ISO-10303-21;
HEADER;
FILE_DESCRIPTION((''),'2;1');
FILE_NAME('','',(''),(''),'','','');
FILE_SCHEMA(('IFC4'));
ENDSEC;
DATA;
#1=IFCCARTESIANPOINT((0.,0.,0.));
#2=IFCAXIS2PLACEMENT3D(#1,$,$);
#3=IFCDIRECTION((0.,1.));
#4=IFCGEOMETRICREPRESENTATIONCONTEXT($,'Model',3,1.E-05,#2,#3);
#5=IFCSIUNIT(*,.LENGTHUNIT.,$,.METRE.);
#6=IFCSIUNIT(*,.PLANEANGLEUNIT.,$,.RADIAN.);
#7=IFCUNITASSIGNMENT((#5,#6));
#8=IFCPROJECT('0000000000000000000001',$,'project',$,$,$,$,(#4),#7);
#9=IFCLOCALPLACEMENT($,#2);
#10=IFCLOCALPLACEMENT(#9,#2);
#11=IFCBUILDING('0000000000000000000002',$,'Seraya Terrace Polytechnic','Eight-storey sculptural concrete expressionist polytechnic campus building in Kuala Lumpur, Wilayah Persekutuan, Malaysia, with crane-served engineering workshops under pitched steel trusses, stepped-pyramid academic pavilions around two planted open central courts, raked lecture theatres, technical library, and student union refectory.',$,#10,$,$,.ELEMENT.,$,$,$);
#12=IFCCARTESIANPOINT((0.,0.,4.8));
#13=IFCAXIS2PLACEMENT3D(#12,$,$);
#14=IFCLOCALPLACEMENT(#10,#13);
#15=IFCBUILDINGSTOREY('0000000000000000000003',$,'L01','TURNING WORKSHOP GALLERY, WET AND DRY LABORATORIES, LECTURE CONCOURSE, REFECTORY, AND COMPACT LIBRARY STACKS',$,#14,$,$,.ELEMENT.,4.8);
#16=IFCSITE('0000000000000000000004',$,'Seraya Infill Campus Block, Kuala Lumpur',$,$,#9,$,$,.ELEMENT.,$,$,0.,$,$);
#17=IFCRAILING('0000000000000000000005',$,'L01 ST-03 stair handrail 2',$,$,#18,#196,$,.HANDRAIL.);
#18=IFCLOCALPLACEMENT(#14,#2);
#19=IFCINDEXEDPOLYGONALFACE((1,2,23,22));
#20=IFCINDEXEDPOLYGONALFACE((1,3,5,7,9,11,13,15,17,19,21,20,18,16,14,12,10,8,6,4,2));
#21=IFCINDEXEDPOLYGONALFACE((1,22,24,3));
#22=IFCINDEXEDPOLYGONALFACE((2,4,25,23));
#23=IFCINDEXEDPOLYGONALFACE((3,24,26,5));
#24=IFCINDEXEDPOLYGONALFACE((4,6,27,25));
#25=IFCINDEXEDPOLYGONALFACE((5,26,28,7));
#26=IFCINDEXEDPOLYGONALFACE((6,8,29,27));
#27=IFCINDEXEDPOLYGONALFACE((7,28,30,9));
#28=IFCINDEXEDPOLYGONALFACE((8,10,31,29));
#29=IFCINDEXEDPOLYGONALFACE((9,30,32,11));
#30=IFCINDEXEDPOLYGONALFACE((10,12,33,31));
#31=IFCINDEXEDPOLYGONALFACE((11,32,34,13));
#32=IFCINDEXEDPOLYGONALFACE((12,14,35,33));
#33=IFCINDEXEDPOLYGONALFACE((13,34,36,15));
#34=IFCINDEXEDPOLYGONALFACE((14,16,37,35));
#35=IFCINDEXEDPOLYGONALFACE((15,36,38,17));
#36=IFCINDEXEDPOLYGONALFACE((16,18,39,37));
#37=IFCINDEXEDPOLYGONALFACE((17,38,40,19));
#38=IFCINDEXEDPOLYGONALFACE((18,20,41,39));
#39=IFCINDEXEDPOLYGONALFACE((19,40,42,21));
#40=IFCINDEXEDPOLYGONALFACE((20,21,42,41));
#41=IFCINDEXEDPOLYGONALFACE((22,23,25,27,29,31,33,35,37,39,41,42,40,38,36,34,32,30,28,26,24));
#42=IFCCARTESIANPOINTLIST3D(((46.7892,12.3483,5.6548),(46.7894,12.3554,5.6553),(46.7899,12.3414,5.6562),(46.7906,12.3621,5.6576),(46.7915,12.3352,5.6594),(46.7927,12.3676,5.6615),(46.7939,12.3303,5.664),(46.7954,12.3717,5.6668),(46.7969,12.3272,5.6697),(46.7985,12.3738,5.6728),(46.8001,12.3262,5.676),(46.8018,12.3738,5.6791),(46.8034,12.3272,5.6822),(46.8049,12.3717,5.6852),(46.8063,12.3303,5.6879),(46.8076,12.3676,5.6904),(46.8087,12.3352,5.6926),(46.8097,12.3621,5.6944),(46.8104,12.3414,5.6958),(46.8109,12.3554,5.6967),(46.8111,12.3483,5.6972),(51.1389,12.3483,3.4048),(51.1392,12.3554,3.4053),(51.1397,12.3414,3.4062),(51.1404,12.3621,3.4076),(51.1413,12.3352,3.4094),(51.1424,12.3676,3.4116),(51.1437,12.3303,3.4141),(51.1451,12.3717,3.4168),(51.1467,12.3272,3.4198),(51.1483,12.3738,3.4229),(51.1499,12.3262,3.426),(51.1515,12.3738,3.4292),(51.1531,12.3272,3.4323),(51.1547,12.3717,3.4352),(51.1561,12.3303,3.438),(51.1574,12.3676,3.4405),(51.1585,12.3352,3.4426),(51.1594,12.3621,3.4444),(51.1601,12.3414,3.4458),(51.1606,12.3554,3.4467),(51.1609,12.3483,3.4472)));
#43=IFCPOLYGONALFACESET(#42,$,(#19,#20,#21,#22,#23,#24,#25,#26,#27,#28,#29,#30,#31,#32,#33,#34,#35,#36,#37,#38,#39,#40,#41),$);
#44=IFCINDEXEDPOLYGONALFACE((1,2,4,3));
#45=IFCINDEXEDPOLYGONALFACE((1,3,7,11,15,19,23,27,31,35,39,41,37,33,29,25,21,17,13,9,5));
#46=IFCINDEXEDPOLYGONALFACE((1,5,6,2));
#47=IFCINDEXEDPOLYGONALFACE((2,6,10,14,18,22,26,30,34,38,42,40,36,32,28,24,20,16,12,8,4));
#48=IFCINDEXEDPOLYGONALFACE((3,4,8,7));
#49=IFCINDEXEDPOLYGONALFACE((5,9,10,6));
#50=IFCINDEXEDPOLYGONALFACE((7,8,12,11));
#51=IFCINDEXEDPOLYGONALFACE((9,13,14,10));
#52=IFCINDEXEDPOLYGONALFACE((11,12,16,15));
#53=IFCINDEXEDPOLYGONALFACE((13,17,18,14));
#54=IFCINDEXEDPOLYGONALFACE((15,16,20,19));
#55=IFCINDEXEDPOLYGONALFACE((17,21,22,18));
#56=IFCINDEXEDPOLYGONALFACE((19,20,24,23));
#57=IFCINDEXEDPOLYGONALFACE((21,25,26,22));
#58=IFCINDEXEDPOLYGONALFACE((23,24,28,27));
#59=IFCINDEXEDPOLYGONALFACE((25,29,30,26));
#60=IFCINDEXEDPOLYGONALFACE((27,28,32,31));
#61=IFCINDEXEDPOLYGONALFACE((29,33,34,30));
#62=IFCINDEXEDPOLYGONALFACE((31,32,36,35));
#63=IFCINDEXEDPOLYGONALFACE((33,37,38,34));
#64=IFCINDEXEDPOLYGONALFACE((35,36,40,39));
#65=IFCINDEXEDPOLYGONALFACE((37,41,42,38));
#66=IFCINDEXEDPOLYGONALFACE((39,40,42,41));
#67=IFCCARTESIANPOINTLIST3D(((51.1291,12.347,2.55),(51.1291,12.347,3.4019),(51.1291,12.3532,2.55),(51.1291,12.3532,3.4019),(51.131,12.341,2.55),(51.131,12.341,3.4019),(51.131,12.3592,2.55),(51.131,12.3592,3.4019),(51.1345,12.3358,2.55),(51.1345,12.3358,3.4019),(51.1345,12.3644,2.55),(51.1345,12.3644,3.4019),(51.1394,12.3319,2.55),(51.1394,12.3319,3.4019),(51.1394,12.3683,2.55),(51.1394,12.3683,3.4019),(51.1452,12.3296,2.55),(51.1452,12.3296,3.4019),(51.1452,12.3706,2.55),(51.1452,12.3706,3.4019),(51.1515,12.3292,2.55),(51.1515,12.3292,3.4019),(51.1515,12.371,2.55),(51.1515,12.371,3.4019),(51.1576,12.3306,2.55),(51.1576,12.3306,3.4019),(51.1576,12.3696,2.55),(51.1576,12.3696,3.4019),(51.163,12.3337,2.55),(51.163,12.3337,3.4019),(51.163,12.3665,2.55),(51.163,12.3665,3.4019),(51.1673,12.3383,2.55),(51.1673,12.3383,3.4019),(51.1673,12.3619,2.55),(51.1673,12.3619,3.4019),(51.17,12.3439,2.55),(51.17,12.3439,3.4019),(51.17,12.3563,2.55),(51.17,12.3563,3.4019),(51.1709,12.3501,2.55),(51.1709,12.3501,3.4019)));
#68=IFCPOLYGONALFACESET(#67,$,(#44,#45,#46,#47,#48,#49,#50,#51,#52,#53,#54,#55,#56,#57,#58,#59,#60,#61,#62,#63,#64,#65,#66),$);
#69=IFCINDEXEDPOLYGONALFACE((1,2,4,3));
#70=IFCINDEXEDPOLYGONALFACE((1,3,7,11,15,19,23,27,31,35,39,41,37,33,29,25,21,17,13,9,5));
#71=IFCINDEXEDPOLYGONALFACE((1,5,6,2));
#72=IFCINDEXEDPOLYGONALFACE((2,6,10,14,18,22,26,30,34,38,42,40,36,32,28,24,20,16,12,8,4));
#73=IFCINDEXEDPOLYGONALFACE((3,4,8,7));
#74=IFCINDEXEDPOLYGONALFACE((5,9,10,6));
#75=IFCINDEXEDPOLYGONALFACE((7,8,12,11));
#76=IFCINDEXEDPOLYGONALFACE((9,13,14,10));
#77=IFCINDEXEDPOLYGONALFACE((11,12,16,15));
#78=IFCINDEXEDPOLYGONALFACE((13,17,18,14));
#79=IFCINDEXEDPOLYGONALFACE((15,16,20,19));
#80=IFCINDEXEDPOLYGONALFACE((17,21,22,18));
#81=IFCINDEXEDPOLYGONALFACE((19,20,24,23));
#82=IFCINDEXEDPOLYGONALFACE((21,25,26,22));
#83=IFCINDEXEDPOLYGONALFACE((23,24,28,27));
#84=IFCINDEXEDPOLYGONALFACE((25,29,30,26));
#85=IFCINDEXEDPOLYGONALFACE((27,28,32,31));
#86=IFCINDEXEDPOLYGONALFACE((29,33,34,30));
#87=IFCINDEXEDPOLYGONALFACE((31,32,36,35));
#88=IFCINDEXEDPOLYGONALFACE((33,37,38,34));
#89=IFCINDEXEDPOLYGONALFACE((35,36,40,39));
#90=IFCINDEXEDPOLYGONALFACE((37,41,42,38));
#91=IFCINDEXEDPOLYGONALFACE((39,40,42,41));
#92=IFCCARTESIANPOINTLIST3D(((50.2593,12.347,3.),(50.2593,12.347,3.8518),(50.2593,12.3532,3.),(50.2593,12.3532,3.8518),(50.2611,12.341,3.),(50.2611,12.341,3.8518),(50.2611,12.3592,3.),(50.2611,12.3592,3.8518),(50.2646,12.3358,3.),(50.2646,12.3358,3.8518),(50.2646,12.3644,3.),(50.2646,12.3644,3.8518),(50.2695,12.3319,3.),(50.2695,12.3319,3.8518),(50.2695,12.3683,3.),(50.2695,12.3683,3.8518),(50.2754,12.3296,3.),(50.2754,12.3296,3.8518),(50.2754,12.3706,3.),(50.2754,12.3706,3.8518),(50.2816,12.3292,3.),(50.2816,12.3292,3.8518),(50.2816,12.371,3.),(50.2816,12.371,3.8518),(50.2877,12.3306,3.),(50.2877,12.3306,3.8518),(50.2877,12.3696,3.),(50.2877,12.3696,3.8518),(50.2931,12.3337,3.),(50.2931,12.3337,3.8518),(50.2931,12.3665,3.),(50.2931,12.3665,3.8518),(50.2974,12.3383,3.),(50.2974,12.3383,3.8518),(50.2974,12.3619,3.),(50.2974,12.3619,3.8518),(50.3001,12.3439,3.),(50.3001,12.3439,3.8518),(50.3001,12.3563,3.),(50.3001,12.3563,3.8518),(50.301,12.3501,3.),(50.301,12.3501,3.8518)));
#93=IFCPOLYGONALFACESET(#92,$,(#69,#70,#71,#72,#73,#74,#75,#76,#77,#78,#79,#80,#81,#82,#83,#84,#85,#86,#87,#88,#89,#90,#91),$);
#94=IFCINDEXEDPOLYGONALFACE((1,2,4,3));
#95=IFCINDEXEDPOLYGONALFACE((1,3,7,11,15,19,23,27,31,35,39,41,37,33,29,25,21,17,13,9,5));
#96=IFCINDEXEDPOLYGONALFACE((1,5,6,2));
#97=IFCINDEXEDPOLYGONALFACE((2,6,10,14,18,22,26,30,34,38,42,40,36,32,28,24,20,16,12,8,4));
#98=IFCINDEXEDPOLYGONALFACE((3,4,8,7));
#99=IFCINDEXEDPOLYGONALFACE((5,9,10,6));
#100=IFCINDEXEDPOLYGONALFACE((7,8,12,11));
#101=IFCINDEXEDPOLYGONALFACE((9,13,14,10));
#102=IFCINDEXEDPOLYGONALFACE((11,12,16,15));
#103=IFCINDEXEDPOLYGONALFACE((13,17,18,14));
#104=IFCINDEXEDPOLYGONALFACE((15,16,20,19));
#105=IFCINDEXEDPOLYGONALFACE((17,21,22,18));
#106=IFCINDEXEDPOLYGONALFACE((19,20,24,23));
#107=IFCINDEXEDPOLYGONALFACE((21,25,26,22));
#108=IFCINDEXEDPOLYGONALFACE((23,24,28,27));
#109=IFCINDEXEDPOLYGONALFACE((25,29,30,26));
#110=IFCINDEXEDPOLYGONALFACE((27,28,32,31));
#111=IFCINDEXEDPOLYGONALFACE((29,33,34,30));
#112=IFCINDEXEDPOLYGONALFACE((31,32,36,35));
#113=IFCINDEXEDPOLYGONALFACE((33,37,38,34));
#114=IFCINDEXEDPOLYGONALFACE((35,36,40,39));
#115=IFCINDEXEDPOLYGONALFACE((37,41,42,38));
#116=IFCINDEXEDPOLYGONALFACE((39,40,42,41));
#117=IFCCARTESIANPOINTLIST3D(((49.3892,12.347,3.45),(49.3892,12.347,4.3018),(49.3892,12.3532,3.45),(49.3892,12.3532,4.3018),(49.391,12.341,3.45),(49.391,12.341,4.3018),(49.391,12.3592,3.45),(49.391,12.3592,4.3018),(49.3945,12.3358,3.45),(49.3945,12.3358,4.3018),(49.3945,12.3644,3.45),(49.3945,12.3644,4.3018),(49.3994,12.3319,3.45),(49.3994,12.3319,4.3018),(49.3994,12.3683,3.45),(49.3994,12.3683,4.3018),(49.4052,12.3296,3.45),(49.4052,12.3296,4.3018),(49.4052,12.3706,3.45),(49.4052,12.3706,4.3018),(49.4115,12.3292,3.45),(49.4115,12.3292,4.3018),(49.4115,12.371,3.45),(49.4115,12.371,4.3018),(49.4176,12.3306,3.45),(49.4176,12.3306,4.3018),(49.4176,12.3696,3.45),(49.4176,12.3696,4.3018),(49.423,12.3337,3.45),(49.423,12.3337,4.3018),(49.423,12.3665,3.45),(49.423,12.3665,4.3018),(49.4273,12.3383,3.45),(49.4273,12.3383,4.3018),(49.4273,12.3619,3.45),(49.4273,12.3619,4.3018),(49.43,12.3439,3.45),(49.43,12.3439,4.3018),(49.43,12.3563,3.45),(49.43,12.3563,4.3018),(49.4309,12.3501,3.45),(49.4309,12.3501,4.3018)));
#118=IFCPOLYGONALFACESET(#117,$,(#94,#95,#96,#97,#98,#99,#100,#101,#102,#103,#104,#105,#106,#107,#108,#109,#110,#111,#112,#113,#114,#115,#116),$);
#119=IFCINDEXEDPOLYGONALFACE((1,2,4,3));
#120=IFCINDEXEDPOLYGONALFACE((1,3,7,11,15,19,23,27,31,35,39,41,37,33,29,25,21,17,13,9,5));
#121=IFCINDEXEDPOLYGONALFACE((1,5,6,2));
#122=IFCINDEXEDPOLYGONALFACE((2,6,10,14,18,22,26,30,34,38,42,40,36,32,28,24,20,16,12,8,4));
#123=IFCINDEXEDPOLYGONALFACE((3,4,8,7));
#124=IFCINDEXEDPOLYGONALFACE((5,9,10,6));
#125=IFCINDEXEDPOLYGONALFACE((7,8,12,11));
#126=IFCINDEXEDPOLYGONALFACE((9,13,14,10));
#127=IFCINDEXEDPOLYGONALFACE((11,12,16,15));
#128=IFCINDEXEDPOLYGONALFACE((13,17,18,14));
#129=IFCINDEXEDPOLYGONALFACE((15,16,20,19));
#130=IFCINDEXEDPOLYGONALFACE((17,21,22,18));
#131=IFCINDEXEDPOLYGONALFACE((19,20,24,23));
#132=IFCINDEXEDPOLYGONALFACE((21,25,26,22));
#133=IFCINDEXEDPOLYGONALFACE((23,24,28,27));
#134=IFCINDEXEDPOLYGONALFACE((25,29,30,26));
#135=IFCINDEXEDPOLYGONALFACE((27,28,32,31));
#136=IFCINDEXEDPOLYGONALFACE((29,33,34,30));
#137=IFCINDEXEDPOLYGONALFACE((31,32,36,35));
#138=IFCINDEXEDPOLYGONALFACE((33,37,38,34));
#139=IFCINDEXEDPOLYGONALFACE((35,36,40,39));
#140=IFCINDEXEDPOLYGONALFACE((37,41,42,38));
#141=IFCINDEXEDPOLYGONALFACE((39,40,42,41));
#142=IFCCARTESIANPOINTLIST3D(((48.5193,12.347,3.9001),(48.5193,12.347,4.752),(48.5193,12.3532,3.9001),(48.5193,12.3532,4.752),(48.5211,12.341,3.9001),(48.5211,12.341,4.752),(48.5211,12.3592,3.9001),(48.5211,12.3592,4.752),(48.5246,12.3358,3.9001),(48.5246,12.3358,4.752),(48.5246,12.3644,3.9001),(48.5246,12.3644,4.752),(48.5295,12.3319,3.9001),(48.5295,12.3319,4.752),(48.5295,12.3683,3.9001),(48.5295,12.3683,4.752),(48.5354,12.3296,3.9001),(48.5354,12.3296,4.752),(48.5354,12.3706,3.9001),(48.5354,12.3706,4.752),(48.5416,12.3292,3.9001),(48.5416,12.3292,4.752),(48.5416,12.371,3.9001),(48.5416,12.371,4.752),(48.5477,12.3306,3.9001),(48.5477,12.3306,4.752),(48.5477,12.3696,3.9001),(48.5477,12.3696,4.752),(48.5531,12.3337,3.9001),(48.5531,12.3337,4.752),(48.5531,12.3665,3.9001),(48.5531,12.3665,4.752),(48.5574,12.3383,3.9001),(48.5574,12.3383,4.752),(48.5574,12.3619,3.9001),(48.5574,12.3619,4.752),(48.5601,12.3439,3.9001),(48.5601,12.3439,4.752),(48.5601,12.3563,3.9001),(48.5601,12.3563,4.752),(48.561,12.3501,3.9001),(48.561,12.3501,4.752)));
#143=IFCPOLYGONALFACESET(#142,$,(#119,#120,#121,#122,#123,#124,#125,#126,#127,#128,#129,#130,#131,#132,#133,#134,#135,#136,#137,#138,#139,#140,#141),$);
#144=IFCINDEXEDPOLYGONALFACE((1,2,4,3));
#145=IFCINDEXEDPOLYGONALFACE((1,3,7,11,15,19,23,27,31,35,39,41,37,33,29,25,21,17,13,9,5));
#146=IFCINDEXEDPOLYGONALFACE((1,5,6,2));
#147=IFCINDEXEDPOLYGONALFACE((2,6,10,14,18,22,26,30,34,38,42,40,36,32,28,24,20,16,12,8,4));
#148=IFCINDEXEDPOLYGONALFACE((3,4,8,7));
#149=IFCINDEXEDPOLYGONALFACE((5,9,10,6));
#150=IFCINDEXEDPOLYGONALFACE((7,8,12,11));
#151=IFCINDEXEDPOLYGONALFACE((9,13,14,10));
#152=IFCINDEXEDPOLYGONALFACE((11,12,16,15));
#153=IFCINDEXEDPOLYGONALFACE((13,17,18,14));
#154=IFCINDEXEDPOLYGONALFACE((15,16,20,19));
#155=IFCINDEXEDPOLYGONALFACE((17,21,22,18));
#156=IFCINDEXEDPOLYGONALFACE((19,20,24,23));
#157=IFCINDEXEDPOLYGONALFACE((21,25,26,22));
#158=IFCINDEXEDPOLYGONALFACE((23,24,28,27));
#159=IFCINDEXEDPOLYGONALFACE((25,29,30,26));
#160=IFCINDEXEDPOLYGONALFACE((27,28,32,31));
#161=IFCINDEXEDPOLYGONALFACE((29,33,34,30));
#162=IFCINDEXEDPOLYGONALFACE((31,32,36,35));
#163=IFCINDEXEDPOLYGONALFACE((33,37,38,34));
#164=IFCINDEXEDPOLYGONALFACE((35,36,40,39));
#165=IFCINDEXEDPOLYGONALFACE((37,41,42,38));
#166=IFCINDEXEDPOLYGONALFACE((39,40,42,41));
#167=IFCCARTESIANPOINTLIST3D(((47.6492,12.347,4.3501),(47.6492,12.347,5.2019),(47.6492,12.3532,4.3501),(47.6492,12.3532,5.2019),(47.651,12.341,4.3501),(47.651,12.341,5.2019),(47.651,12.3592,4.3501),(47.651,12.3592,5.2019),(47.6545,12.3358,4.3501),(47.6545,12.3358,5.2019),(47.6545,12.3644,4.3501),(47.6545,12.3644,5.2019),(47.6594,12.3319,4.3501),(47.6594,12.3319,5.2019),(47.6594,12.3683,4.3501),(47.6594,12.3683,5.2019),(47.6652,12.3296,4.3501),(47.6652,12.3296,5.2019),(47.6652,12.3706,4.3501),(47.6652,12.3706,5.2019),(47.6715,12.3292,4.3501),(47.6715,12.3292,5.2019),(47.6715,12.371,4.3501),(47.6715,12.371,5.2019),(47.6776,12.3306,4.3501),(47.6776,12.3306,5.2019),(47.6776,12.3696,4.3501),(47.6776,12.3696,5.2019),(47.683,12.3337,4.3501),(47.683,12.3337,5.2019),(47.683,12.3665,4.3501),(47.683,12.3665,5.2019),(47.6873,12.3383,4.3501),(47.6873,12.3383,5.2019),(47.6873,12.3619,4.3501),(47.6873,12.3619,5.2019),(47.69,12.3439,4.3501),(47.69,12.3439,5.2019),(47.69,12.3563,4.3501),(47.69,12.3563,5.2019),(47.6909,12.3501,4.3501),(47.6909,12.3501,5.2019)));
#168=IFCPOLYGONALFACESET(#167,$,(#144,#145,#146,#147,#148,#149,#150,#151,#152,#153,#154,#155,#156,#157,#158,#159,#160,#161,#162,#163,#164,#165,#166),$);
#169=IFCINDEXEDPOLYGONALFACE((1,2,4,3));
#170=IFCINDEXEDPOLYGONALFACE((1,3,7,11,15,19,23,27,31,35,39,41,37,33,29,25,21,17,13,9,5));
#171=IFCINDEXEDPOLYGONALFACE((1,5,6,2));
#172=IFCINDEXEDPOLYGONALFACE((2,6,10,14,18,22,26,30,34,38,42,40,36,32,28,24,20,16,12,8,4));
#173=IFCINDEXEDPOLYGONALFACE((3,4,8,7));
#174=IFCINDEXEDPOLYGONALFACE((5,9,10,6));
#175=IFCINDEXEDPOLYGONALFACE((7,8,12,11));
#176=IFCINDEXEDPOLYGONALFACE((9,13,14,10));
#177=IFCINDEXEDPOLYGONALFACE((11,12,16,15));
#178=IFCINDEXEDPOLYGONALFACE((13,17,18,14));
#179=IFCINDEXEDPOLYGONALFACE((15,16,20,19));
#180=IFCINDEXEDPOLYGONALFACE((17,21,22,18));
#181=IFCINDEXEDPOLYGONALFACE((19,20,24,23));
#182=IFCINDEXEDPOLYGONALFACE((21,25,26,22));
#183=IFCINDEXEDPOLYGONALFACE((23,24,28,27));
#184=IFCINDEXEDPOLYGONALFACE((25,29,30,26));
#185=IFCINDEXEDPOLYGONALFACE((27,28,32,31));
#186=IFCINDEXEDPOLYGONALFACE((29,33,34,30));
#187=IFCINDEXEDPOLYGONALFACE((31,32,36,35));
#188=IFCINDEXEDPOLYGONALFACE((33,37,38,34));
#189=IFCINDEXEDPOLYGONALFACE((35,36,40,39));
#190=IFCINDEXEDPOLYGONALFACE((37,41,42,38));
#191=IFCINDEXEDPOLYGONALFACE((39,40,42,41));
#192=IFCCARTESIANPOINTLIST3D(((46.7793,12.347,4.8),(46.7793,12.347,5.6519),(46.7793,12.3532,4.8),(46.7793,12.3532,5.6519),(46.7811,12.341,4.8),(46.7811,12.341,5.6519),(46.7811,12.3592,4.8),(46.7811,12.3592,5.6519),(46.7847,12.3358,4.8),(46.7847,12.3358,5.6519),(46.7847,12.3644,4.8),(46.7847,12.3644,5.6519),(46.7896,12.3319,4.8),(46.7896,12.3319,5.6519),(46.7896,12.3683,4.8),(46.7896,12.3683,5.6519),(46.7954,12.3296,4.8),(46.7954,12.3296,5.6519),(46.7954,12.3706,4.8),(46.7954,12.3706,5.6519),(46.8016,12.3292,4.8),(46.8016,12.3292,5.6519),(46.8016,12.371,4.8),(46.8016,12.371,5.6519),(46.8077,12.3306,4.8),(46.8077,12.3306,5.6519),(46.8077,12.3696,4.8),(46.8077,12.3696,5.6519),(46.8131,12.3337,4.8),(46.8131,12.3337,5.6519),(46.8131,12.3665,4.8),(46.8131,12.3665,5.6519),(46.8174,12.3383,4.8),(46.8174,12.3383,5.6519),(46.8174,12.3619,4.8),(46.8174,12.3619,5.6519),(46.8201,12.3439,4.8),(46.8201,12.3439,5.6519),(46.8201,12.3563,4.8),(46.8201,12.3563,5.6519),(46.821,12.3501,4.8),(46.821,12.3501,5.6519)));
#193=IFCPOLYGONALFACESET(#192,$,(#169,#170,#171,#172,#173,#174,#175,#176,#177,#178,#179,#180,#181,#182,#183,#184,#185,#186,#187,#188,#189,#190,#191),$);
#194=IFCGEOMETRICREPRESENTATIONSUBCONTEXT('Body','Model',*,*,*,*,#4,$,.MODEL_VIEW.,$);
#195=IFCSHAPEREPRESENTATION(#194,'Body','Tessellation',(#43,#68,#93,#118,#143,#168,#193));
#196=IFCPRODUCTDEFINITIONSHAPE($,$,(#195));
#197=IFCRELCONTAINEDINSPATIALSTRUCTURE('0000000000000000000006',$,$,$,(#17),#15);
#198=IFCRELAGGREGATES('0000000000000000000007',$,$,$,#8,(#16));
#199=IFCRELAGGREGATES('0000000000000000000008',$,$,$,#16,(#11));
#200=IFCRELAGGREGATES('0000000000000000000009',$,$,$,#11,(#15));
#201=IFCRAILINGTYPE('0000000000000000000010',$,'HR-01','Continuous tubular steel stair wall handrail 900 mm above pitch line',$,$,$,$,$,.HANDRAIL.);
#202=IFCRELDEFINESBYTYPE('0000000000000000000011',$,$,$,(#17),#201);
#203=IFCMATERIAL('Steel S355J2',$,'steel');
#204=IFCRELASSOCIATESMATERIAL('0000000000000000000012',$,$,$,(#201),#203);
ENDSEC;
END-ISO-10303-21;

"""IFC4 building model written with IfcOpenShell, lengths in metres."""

from ifc_helpers import new_model, si_unit, direction, frame, origin, origin_2d, place, context, subcontext, project, spatial, circle, extrude, material, type_object, element, save


model = new_model("IFC4")

# Units and contexts
model_context = context("Model", 3, precision=1e-05, world=origin(), true_north=direction((0.0, 1.0)))
body_context = subcontext(model_context, "Body", "Model", "MODEL_VIEW")
ifc_project = project(units=[si_unit("LENGTHUNIT", "METRE"), si_unit("PLANEANGLEUNIT", "RADIAN")], contexts=[model_context])

# Site, building, storey
site_placement = place(None, origin())
site = spatial("IfcSite", under=ifc_project, at=site_placement, Name="Seraya Infill Campus Block, Kuala Lumpur", CompositionType="ELEMENT", RefElevation=0.0)
building_placement = place(site_placement, origin())
building = spatial("IfcBuilding", under=site, at=building_placement, Name="Seraya Terrace Polytechnic", Description="Eight-storey sculptural concrete expressionist polytechnic campus building in Kuala Lumpur, Wilayah Persekutuan, Malaysia, with crane-served engineering workshops under pitched steel trusses, stepped-pyramid academic pavilions around two planted open central courts, raked lecture theatres, technical library, and student union refectory.", CompositionType="ELEMENT")
storey_placement = place(building_placement, frame((0.0, 0.0, 4.8)))
storey = spatial("IfcBuildingStorey", under=building, at=storey_placement, Name="L01", Description="TURNING WORKSHOP GALLERY, WET AND DRY LABORATORIES, LECTURE CONCOURSE, REFECTORY, AND COMPACT LIBRARY STACKS", CompositionType="ELEMENT", Elevation=4.8)

# Railing
ifc_material_1 = material(Name="Steel S355J2", Category="steel")
railing_type_1 = type_object("IfcRailingType", Name="HR-01", Description="Continuous tubular steel stair wall handrail 900 mm above pitch line", PredefinedType="HANDRAIL", material=ifc_material_1)
railing_1_placement = place(storey_placement, frame((51.1499, 12.3501, 2.55)))
element("IfcRailing", 1, at=railing_1_placement, inside=storey, type_object=railing_type_1, Name="L01 ST-03 stair handrail 2", PredefinedType="HANDRAIL", context=body_context, shape_type="SweptSolid", body=[
    extrude(circle(Radius=0.0239, at=origin_2d()), frame((0.0, 0.0, 0.876), z_axis=(-0.888211, 0.0, 0.459435), x_axis=(0.0, -1.0, 0.0)), (0.0, 0.0, 1.0), 4.8972),
    extrude(circle(Radius=0.021, at=origin_2d()), origin(), (0.0, 0.0, 1.0), 0.8518),
    extrude(circle(Radius=0.021, at=origin_2d()), frame((-0.8699, 0.0, 0.45)), (0.0, 0.0, 1.0), 0.8518),
    extrude(circle(Radius=0.021, at=origin_2d()), frame((-1.74, 0.0, 0.8999)), (0.0, 0.0, 1.0), 0.8518),
    extrude(circle(Radius=0.021, at=origin_2d()), frame((-2.6099, 0.0, 1.3501)), (0.0, 0.0, 1.0), 0.8518),
    extrude(circle(Radius=0.021, at=origin_2d()), frame((-3.48, 0.0, 1.8)), (0.0, 0.0, 1.0), 0.8518),
    extrude(circle(Radius=0.021, at=origin_2d()), frame((-4.3499, 0.0, 2.25)), (0.0, 0.0, 1.0), 0.8518),
])

save(model, "model.ifc")
